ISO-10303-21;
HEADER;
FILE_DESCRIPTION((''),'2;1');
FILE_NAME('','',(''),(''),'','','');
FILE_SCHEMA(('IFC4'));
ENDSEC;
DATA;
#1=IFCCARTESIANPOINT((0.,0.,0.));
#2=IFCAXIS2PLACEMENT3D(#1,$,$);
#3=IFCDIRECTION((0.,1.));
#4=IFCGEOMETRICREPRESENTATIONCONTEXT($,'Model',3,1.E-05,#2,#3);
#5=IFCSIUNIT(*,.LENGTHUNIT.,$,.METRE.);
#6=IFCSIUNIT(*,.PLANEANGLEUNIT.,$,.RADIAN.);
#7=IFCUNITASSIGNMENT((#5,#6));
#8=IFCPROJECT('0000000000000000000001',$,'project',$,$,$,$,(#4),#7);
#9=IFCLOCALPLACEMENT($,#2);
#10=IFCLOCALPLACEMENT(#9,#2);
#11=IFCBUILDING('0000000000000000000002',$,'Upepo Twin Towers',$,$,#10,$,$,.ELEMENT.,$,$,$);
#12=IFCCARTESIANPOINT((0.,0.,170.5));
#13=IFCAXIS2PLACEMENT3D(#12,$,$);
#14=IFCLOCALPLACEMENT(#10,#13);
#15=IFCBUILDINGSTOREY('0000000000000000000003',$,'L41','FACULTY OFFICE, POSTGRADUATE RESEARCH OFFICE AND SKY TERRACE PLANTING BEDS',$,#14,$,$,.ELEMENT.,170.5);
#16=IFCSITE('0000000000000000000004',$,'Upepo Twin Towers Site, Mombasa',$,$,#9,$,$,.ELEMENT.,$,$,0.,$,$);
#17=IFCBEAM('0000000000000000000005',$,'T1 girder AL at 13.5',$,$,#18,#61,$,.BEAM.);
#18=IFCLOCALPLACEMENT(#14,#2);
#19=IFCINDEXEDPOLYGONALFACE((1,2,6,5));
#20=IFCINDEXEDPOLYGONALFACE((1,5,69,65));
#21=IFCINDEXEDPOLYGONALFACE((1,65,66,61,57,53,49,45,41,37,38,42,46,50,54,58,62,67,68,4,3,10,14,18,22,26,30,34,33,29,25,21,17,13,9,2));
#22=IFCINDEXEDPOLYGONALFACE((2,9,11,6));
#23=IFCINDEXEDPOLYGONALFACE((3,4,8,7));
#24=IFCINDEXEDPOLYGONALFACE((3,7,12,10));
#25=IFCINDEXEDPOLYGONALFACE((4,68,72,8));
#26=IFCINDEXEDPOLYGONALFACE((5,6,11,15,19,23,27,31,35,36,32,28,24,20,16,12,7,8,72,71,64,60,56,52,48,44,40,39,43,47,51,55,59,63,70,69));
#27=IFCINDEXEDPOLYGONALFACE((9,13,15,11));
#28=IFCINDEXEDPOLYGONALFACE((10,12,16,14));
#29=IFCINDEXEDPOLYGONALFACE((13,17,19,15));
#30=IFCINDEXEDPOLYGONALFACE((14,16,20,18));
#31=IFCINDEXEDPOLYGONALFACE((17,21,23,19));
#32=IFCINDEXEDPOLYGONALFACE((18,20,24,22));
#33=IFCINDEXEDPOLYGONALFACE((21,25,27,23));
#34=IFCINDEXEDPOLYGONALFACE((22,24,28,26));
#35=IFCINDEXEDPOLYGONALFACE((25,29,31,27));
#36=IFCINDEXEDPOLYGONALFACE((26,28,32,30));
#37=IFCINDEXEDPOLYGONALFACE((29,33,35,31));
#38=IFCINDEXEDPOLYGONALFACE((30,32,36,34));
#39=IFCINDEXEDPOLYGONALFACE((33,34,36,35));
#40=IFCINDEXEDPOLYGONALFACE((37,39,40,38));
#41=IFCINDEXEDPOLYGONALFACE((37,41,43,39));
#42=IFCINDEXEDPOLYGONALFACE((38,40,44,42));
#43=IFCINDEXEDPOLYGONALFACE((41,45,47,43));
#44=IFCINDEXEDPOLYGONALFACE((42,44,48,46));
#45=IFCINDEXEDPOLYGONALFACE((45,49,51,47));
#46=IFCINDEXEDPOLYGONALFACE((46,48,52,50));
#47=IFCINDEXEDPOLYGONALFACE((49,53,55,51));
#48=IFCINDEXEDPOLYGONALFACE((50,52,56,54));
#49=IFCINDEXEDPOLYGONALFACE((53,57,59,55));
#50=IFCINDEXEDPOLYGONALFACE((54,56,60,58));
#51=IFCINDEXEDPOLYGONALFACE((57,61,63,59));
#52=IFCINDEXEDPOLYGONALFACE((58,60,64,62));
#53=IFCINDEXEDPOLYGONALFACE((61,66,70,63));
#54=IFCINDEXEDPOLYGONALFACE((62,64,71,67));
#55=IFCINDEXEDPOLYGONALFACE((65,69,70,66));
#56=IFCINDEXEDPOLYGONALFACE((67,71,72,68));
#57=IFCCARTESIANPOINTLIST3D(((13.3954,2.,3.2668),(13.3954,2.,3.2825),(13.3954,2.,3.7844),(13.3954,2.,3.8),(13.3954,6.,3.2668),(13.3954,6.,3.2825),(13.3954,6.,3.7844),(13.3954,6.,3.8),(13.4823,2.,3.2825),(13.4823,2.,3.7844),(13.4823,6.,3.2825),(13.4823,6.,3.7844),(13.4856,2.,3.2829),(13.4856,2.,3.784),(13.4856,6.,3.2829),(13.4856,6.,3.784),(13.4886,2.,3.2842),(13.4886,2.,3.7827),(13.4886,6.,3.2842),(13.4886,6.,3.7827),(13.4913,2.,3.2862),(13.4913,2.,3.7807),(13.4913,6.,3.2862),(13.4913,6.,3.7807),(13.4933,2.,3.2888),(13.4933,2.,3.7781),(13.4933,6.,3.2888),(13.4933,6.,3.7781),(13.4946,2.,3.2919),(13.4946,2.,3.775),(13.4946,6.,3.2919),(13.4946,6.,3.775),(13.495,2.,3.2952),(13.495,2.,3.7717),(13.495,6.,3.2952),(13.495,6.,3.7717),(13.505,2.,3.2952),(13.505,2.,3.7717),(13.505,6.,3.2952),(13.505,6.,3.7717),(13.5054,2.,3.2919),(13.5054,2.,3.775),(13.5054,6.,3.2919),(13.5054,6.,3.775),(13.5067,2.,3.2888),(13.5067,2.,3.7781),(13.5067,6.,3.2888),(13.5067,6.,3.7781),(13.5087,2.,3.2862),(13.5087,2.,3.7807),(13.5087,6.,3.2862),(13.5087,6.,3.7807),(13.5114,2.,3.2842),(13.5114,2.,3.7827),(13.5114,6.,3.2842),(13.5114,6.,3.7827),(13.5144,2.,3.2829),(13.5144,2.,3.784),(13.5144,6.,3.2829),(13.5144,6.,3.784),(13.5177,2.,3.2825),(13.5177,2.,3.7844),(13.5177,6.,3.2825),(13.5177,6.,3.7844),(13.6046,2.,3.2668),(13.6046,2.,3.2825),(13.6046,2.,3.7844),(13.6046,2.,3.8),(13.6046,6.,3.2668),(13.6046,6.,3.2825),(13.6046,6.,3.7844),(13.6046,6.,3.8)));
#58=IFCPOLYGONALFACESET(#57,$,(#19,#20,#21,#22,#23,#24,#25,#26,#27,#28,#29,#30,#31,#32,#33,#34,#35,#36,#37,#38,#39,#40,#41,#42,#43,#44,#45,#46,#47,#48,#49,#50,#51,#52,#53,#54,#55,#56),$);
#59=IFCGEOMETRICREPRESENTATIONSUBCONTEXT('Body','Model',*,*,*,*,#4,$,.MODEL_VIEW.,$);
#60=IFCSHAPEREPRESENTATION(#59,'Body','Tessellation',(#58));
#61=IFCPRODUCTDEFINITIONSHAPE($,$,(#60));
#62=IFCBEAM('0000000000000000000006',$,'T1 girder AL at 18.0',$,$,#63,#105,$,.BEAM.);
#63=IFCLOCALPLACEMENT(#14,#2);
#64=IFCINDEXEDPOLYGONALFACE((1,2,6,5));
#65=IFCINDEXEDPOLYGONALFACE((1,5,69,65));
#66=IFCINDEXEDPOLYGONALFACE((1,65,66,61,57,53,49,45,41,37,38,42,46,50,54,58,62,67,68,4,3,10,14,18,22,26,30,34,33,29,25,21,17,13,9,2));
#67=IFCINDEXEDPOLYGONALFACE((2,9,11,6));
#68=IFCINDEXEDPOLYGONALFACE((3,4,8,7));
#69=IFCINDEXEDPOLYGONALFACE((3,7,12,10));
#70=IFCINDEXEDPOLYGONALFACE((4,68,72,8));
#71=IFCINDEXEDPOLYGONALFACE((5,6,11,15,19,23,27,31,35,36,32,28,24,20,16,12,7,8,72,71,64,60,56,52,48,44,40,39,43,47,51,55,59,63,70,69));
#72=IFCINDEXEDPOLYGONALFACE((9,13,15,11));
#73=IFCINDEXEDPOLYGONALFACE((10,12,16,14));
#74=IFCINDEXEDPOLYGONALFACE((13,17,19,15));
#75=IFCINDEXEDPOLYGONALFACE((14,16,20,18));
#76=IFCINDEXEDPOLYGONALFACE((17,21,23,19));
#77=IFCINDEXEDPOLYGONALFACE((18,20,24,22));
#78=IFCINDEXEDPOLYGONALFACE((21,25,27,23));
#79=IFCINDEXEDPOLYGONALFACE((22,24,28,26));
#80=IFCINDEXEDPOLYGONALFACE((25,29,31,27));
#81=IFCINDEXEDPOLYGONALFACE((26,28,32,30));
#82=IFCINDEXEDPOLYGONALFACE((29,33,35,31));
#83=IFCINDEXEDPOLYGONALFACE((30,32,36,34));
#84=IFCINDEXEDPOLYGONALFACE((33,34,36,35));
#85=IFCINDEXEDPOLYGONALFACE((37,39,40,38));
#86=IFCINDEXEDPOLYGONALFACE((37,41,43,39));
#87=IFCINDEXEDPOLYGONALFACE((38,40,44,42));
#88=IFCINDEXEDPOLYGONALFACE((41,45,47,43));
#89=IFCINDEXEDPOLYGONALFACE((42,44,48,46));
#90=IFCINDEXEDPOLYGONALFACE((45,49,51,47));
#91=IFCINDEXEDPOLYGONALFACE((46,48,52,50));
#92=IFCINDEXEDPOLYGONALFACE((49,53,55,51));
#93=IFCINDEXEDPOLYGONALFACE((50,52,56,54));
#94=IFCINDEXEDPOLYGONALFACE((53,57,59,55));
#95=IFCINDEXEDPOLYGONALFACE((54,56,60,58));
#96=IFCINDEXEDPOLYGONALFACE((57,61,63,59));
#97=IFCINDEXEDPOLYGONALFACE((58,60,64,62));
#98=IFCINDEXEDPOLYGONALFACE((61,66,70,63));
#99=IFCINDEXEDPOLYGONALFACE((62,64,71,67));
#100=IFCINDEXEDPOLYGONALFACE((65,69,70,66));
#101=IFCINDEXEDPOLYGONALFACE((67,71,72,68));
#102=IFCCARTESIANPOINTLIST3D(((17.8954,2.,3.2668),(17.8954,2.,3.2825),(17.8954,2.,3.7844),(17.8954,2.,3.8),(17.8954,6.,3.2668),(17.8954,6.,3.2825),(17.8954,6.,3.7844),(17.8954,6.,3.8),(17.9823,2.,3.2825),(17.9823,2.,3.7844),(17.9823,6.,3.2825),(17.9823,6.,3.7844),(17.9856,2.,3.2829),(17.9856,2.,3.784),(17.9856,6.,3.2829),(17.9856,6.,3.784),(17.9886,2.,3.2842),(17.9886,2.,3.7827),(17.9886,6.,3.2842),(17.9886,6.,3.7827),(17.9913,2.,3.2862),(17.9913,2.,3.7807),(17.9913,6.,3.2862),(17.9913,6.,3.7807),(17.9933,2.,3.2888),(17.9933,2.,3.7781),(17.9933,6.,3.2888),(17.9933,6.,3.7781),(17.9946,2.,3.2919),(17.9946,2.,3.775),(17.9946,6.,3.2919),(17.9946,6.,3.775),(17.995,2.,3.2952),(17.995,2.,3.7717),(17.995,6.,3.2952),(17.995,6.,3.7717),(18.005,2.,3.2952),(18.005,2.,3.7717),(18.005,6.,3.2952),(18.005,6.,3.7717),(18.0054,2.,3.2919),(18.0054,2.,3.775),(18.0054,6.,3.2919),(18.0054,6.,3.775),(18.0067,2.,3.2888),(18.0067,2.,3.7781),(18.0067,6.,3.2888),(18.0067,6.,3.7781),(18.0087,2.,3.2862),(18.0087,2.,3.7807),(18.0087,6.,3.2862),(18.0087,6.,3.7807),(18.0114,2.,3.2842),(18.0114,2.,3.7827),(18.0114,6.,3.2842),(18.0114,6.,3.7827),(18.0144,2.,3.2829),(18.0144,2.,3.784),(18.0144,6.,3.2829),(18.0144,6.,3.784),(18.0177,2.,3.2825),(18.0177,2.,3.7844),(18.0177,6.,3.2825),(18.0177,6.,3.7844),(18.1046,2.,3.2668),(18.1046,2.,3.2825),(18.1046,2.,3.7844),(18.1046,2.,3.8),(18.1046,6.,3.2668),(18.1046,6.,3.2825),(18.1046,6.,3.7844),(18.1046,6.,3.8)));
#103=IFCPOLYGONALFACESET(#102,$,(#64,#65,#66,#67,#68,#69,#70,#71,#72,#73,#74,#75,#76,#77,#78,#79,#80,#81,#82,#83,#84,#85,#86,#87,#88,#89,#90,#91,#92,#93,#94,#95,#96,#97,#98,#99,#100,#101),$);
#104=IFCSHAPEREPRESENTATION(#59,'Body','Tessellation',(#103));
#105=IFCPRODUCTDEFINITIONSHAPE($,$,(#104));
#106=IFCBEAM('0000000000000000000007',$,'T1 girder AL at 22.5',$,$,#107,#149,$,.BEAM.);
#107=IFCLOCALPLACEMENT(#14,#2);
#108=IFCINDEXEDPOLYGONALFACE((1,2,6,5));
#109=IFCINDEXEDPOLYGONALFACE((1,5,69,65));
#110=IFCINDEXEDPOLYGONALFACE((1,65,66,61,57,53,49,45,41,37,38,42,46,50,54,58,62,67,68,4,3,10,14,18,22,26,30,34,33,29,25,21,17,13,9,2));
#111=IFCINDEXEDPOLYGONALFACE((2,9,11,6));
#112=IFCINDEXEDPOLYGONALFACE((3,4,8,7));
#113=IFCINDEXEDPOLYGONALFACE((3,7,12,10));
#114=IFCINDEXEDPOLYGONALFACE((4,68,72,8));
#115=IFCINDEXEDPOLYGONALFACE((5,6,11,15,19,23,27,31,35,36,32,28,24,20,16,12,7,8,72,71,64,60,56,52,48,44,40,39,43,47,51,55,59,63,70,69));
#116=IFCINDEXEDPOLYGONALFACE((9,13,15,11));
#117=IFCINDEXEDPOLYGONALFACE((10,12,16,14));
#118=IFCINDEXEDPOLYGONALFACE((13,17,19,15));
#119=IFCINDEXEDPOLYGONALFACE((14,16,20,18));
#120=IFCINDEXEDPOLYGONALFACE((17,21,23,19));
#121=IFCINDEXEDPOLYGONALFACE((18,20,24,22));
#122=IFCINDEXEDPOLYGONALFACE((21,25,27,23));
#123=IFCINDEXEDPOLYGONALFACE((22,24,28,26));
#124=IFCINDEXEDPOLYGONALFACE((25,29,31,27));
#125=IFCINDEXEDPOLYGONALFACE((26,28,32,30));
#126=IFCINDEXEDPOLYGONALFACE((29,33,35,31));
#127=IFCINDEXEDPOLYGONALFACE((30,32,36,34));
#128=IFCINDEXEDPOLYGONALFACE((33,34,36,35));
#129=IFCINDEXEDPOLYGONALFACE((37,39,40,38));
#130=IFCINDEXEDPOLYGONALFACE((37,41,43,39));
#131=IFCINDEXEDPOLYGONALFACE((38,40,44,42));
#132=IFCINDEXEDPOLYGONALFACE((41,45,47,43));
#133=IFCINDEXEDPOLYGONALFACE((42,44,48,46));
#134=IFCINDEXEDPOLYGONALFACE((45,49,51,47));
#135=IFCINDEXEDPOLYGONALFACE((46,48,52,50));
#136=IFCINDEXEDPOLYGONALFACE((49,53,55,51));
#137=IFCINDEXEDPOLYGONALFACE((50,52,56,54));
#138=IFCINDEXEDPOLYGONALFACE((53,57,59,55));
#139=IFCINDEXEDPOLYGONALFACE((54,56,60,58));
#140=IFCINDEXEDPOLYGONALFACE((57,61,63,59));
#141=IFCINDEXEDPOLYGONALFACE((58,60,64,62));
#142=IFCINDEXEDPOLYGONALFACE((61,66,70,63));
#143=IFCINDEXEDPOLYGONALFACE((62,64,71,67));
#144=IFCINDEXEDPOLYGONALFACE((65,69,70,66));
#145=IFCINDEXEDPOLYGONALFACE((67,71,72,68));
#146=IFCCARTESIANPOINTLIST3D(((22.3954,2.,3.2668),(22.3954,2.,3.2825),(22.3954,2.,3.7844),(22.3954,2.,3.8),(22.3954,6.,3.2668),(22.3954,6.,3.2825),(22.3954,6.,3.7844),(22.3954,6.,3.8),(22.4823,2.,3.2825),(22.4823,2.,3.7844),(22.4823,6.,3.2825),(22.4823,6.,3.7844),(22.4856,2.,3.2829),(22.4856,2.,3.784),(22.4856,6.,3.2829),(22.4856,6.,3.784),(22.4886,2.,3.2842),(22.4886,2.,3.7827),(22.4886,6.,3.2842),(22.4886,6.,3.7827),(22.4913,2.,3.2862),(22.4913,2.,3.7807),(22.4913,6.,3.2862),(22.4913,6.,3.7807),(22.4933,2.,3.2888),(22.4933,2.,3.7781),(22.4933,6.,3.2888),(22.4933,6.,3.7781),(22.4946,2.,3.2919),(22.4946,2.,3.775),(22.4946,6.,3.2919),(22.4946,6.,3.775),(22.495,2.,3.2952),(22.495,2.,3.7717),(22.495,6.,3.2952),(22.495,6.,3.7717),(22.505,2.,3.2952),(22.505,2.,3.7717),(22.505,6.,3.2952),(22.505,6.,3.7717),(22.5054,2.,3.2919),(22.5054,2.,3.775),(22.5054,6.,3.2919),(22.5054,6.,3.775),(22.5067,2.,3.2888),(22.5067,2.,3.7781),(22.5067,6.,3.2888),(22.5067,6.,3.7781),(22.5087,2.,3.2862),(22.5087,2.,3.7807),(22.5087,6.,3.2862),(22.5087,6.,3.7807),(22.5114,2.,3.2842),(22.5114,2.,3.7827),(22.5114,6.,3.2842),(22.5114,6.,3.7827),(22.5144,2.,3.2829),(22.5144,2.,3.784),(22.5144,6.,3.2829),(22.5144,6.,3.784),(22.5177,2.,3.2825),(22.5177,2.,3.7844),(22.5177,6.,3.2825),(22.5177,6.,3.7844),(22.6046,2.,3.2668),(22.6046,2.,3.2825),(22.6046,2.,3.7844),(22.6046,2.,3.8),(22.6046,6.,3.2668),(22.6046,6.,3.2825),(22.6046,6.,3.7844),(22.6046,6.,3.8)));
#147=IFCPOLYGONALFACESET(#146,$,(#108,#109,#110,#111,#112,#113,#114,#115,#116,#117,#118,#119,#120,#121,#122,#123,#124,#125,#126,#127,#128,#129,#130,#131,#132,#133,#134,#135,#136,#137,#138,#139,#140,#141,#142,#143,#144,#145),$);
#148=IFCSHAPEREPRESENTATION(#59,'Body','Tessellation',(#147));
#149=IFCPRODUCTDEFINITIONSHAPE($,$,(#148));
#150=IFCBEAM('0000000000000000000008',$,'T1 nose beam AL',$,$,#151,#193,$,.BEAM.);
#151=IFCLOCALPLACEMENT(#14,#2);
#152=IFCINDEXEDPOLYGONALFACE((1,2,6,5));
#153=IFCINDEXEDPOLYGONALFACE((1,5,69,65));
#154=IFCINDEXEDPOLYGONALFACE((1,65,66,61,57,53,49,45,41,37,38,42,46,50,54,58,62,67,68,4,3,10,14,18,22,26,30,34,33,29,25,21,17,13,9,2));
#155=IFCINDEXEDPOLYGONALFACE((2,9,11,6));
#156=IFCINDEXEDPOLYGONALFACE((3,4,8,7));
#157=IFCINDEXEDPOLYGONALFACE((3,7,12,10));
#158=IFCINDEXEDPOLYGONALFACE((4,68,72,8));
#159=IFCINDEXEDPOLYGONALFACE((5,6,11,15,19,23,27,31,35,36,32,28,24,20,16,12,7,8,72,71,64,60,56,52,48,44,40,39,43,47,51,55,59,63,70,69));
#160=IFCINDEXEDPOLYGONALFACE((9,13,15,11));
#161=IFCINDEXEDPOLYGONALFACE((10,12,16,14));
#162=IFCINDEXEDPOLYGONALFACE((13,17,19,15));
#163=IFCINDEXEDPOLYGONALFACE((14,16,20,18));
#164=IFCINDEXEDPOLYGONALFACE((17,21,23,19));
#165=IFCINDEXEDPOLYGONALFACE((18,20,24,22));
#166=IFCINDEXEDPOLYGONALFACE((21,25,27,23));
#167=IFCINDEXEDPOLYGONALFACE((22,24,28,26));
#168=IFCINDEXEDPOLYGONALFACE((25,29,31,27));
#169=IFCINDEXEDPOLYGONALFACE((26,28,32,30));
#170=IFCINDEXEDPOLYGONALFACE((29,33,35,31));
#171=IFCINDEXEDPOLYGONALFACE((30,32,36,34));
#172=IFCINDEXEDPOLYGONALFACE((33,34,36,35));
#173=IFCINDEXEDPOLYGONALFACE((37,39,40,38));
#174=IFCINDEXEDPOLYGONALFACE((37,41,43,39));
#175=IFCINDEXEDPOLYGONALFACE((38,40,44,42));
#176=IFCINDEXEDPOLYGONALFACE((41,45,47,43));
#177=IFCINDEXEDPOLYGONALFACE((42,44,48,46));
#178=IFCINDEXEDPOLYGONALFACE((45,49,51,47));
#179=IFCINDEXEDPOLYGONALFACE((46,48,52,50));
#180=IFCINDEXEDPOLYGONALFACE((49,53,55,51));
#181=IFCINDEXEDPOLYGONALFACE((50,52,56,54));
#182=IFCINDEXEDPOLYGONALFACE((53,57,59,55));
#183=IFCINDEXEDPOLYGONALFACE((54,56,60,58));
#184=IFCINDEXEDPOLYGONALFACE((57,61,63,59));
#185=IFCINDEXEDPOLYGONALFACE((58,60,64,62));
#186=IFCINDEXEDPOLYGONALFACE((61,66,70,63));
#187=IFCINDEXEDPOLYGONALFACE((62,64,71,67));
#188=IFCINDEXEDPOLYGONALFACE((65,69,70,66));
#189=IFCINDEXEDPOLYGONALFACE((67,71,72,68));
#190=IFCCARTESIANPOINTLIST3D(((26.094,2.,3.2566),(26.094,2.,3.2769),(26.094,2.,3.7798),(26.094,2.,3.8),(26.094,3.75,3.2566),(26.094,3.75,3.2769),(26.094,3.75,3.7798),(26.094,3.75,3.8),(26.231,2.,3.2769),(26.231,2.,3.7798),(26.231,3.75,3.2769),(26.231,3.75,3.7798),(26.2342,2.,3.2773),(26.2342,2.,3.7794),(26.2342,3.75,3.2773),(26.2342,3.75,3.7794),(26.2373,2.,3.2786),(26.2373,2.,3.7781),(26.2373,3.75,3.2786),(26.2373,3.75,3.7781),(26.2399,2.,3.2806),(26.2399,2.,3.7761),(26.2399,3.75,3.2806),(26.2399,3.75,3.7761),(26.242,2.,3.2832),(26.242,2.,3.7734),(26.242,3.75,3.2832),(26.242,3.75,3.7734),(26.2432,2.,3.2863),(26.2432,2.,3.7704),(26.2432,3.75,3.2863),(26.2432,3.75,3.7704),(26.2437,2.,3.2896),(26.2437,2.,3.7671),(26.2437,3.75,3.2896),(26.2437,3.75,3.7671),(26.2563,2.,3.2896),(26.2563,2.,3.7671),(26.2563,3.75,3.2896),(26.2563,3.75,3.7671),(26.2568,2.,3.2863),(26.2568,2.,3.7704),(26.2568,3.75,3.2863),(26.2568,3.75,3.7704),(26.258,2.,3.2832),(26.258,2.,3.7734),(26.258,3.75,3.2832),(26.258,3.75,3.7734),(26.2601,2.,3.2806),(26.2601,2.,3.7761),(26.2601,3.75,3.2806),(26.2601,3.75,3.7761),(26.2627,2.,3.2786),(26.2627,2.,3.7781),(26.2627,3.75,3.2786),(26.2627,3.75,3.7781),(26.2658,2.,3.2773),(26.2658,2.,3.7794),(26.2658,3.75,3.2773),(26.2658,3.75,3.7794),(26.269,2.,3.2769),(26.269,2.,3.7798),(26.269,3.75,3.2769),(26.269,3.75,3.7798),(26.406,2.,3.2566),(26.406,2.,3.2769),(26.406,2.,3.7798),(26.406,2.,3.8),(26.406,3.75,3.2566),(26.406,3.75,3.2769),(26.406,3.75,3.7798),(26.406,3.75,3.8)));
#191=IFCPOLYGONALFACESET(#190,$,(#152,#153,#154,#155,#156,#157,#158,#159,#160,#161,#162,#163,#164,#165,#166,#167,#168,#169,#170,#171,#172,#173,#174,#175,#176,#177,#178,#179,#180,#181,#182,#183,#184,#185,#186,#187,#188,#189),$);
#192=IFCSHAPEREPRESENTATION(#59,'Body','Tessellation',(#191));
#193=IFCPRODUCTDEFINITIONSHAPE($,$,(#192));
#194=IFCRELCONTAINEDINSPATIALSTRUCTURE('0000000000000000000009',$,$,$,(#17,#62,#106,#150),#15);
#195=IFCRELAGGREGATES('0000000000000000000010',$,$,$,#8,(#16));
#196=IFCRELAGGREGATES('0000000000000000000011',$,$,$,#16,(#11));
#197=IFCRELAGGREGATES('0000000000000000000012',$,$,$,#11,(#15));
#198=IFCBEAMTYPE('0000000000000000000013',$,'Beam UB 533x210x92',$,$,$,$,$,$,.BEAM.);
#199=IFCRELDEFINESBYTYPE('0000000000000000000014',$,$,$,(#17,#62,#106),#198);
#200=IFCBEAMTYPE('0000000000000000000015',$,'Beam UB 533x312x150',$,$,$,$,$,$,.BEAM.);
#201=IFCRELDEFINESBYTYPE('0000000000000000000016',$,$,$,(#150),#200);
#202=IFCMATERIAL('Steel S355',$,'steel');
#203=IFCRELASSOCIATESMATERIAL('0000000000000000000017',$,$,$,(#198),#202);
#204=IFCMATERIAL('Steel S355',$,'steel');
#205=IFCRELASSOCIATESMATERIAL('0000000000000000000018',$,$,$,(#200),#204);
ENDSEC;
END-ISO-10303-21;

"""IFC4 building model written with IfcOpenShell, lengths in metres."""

from ifc_helpers import new_model, si_unit, direction, frame, origin, origin_2d, place, context, subcontext, project, spatial, i_section, extrude, material, material_profile, profile_set, type_object, element, save


model = new_model("IFC4")

# Units and contexts
model_context = context("Model", 3, precision=1e-05, world=origin(), true_north=direction((0.0, 1.0)))
body_context = subcontext(model_context, "Body", "Model", "MODEL_VIEW")
ifc_project = project(units=[si_unit("LENGTHUNIT", "METRE"), si_unit("PLANEANGLEUNIT", "RADIAN")], contexts=[model_context])

# Site, building, storey
site_placement = place(None, origin())
site = spatial("IfcSite", under=ifc_project, at=site_placement, Name="Upepo Twin Towers Site, Mombasa", CompositionType="ELEMENT", RefElevation=0.0)
building_placement = place(site_placement, origin())
building = spatial("IfcBuilding", under=site, at=building_placement, Name="Upepo Twin Towers", CompositionType="ELEMENT")
storey_placement = place(building_placement, frame((0.0, 0.0, 170.5)))
storey = spatial("IfcBuildingStorey", under=building, at=storey_placement, Name="L41", Description="FACULTY OFFICE, POSTGRADUATE RESEARCH OFFICE AND SKY TERRACE PLANTING BEDS", CompositionType="ELEMENT", Elevation=170.5)

# Beams
ifc_material_1 = material(Name="Steel S355", Category="steel")
ifc_material_profile_1 = material_profile(ifc_material_1, i_section(OverallWidth=0.2092, OverallDepth=0.5332, WebThickness=0.01, FlangeThickness=0.0156, FilletRadius=0.0127, at=origin_2d()), Name="UB 533x210x92")
ifc_profile_set_1 = profile_set([ifc_material_profile_1], Name="Steel S355")
beam_type_1 = type_object("IfcBeamType", Name="Beam UB 533x210x92", PredefinedType="BEAM", material=ifc_profile_set_1)
for number, where, z_axis, x_axis, name in (
    (1, (13.5, 6.0, 3.5334), (0.0, -1.0, 0.0), (1.0, 0.0, 0.0), "T1 girder AL at 13.5"),
    (2, (18.0, 6.0, 3.5334), (0.0, -1.0, 0.0), (1.0, 0.0, 0.0), "T1 girder AL at 18.0"),
    (3, (22.5, 6.0, 3.5334), (0.0, -1.0, 0.0), (1.0, 0.0, 0.0), "T1 girder AL at 22.5"),
):
    element("IfcBeam", number, at=place(storey_placement, frame(where, z_axis=z_axis, x_axis=x_axis)), inside=storey, type_object=beam_type_1, Name=name, PredefinedType="BEAM", context=body_context, shape_type="SweptSolid", body=[
        extrude(i_section(OverallWidth=0.2092, OverallDepth=0.5332, WebThickness=0.01, FlangeThickness=0.0156, FilletRadius=0.0127, at=origin_2d()), origin(), (0.0, 0.0, 1.0), 4.0),
    ])
ifc_material_2 = material(Name="Steel S355", Category="steel")
ifc_material_profile_2 = material_profile(ifc_material_2, i_section(OverallWidth=0.312, OverallDepth=0.5435, WebThickness=0.0127, FlangeThickness=0.0203, FilletRadius=0.0127, at=origin_2d()), Name="UB 533x312x150")
ifc_profile_set_2 = profile_set([ifc_material_profile_2], Name="Steel S355")
beam_type_2 = type_object("IfcBeamType", Name="Beam UB 533x312x150", PredefinedType="BEAM", material=ifc_profile_set_2)
beam_1_placement = place(storey_placement, frame((26.25, 3.75, 3.5283), z_axis=(0.0, -1.0, 0.0), x_axis=(1.0, 0.0, 0.0)))
element("IfcBeam", 4, at=beam_1_placement, inside=storey, type_object=beam_type_2, Name="T1 nose beam AL", PredefinedType="BEAM", context=body_context, shape_type="SweptSolid", body=[
    extrude(i_section(OverallWidth=0.312, OverallDepth=0.5435, WebThickness=0.0127, FlangeThickness=0.0203, FilletRadius=0.0127, at=origin_2d()), origin(), (0.0, 0.0, 1.0), 1.75),
])

save(model, "model.ifc")
